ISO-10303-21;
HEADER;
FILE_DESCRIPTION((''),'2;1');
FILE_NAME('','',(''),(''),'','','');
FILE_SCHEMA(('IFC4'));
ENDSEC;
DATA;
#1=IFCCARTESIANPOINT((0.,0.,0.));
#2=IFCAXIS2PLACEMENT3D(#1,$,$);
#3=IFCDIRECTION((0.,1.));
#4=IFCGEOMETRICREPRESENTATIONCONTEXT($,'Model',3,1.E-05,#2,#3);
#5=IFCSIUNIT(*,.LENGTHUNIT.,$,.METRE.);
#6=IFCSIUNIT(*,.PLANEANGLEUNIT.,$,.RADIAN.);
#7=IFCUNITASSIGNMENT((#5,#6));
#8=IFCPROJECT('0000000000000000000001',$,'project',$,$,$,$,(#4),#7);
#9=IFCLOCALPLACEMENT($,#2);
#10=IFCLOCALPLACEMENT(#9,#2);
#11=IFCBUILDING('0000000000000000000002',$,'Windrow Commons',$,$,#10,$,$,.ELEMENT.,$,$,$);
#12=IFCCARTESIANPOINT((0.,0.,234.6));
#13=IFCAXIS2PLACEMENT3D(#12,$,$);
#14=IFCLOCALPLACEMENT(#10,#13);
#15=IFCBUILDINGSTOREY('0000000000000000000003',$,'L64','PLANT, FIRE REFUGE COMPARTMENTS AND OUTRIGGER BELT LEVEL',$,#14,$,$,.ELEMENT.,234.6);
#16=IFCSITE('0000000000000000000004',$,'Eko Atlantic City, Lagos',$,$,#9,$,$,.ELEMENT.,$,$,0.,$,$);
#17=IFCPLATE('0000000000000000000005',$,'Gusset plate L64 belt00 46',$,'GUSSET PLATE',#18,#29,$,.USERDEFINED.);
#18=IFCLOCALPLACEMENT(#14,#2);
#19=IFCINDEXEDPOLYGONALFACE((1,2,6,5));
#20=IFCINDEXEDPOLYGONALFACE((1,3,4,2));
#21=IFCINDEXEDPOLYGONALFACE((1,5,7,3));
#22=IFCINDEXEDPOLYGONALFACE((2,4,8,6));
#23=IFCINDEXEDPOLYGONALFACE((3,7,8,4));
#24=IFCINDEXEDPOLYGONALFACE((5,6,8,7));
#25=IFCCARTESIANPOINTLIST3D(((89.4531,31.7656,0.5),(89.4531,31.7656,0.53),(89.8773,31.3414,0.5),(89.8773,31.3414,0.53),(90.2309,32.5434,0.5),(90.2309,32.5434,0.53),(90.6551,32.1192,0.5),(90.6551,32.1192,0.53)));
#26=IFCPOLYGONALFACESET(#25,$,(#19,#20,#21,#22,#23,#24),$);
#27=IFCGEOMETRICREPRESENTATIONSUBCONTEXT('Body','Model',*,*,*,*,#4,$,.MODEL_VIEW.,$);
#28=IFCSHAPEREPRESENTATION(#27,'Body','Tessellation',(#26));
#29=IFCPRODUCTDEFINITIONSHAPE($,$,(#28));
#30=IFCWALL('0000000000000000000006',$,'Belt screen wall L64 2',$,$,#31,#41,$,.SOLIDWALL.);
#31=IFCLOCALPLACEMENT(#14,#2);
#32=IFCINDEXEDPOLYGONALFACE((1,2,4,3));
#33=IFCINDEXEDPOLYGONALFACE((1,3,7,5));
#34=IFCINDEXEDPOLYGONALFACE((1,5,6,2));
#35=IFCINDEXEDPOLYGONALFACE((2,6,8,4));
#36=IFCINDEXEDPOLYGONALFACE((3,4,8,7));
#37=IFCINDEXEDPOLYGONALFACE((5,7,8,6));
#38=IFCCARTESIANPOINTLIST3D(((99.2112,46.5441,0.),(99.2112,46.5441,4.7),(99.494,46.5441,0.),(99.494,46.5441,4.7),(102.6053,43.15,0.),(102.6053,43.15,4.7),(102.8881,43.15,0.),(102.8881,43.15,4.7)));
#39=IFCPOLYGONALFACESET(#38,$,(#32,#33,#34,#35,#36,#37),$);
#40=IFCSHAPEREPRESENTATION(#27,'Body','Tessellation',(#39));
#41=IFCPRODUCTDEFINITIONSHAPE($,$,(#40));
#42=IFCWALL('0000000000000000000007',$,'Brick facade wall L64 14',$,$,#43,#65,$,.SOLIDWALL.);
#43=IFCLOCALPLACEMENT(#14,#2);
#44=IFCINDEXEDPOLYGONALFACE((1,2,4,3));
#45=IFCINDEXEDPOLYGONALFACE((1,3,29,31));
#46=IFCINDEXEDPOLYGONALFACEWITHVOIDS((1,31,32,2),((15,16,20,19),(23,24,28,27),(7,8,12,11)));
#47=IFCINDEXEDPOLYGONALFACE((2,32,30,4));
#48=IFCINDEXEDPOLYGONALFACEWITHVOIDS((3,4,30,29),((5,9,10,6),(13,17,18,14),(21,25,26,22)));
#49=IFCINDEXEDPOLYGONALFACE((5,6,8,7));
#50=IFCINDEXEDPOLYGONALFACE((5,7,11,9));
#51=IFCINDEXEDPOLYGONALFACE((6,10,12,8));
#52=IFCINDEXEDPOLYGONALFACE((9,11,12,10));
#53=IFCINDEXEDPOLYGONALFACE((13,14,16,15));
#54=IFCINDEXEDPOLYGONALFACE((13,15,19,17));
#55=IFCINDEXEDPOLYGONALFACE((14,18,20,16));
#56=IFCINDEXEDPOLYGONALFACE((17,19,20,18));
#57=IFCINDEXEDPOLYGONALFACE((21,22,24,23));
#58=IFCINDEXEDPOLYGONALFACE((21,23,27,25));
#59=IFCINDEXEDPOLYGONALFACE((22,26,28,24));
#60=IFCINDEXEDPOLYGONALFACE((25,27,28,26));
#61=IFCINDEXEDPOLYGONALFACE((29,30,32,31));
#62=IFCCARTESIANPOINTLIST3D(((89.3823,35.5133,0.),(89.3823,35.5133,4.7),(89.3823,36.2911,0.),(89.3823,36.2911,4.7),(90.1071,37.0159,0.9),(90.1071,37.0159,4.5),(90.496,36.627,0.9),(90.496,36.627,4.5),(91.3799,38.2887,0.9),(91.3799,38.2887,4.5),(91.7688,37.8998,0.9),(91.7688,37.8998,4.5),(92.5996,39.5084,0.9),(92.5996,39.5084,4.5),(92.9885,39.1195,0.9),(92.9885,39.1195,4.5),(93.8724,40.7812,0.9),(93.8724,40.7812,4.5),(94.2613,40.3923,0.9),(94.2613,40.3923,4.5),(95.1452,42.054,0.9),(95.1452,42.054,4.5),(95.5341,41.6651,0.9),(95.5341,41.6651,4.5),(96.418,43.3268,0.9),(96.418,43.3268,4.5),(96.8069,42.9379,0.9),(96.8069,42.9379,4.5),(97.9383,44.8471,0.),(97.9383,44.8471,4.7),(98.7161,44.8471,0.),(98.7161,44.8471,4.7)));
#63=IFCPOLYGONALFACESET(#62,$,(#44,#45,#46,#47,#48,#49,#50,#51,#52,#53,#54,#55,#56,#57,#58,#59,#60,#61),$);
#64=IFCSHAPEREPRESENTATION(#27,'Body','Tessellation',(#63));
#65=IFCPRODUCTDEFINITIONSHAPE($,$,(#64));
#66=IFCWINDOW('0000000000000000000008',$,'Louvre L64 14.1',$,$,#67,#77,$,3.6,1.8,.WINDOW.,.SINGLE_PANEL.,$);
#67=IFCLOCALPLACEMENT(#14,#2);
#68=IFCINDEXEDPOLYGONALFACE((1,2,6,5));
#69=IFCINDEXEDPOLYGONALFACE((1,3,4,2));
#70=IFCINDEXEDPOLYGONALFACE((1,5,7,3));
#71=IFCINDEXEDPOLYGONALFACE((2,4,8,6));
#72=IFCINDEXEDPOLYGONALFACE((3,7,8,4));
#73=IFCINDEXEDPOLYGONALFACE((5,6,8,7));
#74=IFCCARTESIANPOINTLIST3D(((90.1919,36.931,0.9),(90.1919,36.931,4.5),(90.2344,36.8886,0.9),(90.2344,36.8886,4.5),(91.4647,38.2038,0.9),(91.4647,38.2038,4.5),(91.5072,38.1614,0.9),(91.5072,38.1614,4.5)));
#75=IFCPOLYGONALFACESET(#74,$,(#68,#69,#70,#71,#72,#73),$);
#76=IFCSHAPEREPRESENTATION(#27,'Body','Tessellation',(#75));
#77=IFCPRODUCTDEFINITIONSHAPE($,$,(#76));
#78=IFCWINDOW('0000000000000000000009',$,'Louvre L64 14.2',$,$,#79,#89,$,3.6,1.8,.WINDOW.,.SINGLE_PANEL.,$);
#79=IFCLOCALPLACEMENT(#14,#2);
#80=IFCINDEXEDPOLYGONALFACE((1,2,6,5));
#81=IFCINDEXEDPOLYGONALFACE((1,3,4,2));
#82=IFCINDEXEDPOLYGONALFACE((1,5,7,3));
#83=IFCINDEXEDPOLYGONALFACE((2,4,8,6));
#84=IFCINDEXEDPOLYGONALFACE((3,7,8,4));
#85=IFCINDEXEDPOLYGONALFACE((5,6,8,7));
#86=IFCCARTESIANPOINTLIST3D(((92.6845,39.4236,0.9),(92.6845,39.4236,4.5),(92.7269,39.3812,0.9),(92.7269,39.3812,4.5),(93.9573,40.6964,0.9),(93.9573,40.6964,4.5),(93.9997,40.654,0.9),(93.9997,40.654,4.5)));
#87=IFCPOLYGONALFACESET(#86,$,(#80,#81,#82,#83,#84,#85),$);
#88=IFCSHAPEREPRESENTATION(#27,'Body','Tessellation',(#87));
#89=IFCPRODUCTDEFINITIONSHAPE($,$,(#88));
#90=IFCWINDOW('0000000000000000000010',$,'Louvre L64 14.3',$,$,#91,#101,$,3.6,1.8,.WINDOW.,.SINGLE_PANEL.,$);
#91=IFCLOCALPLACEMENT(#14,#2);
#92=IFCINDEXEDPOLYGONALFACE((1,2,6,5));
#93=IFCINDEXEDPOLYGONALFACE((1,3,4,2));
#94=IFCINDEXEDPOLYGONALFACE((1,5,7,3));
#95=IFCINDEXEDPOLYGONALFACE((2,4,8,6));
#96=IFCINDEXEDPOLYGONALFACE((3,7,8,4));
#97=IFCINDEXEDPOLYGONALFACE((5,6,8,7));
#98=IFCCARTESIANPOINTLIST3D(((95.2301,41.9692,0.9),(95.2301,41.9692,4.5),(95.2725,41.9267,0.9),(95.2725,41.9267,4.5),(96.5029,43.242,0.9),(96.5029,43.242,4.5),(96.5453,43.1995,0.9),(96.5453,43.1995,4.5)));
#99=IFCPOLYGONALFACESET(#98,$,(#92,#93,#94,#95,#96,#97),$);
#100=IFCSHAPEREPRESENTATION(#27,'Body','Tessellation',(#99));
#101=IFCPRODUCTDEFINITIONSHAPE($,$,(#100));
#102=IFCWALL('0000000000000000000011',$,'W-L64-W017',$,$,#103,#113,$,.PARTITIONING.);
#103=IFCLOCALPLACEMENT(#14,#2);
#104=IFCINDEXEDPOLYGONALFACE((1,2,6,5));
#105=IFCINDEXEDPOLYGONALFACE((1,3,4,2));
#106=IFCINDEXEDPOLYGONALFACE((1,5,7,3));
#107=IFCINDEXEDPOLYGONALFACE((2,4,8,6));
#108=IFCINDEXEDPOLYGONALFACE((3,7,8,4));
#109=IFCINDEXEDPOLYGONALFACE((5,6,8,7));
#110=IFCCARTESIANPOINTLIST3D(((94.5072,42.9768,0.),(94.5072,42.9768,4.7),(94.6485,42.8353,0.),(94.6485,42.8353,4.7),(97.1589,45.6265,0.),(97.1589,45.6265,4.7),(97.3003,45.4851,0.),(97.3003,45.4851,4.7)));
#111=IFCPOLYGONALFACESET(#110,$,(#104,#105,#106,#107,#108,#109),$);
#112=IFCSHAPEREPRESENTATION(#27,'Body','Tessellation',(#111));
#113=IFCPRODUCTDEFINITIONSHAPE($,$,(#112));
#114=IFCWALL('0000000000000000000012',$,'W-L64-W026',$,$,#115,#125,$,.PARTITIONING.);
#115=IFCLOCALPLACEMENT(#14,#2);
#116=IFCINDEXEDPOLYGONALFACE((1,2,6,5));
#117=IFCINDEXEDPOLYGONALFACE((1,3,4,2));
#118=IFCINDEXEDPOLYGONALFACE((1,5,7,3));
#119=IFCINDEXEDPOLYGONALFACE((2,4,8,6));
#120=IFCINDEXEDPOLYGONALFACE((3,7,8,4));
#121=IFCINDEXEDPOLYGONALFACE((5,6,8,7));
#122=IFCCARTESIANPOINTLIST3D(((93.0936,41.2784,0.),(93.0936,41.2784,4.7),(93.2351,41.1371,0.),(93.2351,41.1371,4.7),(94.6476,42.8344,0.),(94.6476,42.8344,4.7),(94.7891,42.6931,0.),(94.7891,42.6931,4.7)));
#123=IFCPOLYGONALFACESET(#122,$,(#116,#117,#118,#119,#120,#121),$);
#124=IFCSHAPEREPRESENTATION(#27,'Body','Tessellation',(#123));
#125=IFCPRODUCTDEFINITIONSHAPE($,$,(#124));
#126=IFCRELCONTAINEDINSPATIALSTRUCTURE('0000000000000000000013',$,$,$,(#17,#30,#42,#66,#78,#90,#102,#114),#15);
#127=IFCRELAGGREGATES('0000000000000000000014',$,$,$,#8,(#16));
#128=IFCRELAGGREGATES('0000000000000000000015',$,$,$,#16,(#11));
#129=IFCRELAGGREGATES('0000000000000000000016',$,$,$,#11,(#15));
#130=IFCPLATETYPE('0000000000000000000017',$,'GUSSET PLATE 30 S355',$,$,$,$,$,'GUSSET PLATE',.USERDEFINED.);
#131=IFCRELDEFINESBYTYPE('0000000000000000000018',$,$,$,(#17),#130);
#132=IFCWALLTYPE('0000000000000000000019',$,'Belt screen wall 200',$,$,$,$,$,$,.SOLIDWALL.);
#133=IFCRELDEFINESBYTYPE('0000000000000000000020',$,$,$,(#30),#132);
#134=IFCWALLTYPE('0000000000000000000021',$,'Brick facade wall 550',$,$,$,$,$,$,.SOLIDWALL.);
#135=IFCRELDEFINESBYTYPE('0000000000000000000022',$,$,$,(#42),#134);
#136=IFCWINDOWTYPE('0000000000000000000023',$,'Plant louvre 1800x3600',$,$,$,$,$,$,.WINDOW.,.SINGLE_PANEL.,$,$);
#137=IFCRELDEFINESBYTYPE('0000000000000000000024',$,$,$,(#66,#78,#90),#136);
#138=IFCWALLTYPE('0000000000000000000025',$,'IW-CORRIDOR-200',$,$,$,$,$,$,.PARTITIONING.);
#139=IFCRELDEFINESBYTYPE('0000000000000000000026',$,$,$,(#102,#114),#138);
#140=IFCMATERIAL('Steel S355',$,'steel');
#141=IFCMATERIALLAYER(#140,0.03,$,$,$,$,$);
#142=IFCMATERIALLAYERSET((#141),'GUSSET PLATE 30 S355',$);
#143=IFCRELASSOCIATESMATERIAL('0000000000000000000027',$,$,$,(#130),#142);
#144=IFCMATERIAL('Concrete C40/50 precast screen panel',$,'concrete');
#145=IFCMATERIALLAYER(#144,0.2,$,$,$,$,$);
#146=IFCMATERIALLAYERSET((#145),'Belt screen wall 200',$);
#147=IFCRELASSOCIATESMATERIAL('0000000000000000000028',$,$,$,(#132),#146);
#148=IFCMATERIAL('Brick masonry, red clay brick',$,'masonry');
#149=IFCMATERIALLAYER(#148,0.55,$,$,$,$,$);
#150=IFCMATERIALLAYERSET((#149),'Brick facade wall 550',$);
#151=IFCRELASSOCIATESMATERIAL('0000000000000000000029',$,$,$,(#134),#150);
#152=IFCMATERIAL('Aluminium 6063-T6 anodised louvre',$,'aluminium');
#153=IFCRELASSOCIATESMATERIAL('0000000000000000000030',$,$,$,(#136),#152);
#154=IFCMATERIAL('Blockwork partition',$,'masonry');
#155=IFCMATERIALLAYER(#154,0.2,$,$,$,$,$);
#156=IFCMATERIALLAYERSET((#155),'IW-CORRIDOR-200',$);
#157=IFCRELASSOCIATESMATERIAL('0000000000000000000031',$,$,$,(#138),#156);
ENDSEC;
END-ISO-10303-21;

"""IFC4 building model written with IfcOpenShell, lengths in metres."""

from ifc_helpers import new_model, si_unit, direction, frame, frame_2d, origin, origin_2d, place, context, subcontext, project, spatial, polyline, rectangle, outline, extrude, material, layer, layer_set, type_object, element, fill, save


model = new_model("IFC4")

# Units and contexts
model_context = context("Model", 3, precision=1e-05, world=origin(), true_north=direction((0.0, 1.0)))
body_context = subcontext(model_context, "Body", "Model", "MODEL_VIEW")
ifc_project = project(units=[si_unit("LENGTHUNIT", "METRE"), si_unit("PLANEANGLEUNIT", "RADIAN")], contexts=[model_context])

# Site, building, storey
site_placement = place(None, origin())
site = spatial("IfcSite", under=ifc_project, at=site_placement, Name="Eko Atlantic City, Lagos", CompositionType="ELEMENT", RefElevation=0.0)
building_placement = place(site_placement, origin())
building = spatial("IfcBuilding", under=site, at=building_placement, Name="Windrow Commons", CompositionType="ELEMENT")
storey_placement = place(building_placement, frame((0.0, 0.0, 234.6)))
storey = spatial("IfcBuildingStorey", under=building, at=storey_placement, Name="L64", Description="PLANT, FIRE REFUGE COMPARTMENTS AND OUTRIGGER BELT LEVEL", CompositionType="ELEMENT", Elevation=234.6)

# Plate
ifc_material_1 = material(Name="Steel S355", Category="steel")
ifc_layer_1 = layer(ifc_material_1, 0.03)
ifc_layer_set_1 = layer_set([ifc_layer_1], Name="GUSSET PLATE 30 S355")
plate_type_1 = type_object("IfcPlateType", Name="GUSSET PLATE 30 S355", ElementType="GUSSET PLATE", PredefinedType="USERDEFINED", material=ifc_layer_set_1)
for number, where, z_axis, x_axis, name in (
    (1, (90.0541, 31.9424, 0.5), (0.0, 0.0, 1.0), (-0.707107, -0.707107, 0.0), "Gusset plate L64 belt00 46"),
):
    element("IfcPlate", number, at=place(storey_placement, frame(where, z_axis=z_axis, x_axis=x_axis)), inside=storey, type_object=plate_type_1, Name=name, ObjectType="GUSSET PLATE", PredefinedType="USERDEFINED", context=body_context, shape_type="SweptSolid", body=[
        extrude(rectangle(XDim=1.1, YDim=0.6, at=origin_2d()), origin(), (0.0, 0.0, 1.0), 0.03),
    ])

# Wall
ifc_material_2 = material(Name="Concrete C40/50 precast screen panel", Category="concrete")
ifc_layer_2 = layer(ifc_material_2, 0.2)
ifc_layer_set_2 = layer_set([ifc_layer_2], Name="Belt screen wall 200")
wall_type_1 = type_object("IfcWallType", Name="Belt screen wall 200", PredefinedType="SOLIDWALL", material=ifc_layer_set_2)
wall_1_placement = place(storey_placement, frame((102.7467, 43.15, 0.0), z_axis=(0.0, 0.0, 1.0), x_axis=(-0.707107, 0.707107, 0.0)))
element("IfcWall", 2, at=wall_1_placement, inside=storey, type_object=wall_type_1, Name="Belt screen wall L64 2", PredefinedType="SOLIDWALL", context=body_context, shape_type="SweptSolid", body=[
    extrude(outline(polyline([(-0.1, -0.1), (4.7, -0.1), (4.9, 0.1), (0.1, 0.1), (-0.1, -0.1)])), origin(), (0.0, 0.0, 1.0), 4.7),
])

# Wall, openings, windows
ifc_material_3 = material(Name="Brick masonry, red clay brick", Category="masonry")
ifc_layer_3 = layer(ifc_material_3, 0.55)
ifc_layer_set_3 = layer_set([ifc_layer_3], Name="Brick facade wall 550")
wall_type_2 = type_object("IfcWallType", Name="Brick facade wall 550", PredefinedType="SOLIDWALL", material=ifc_layer_set_3)
wall_2_placement = place(storey_placement, frame((89.3823, 35.9022, 0.0), z_axis=(0.0, 0.0, 1.0), x_axis=(0.707107, 0.707107, 0.0)))
wall_2 = element("IfcWall", 3, at=wall_2_placement, inside=storey, type_object=wall_type_2, Name="Brick facade wall L64 14", PredefinedType="SOLIDWALL", context=body_context, shape_type="SweptSolid", body=[
    extrude(outline(polyline([(-0.275, -0.275), (12.925, -0.275), (12.375, 0.275), (0.275, 0.275), (-0.275, -0.275)])), origin(), (0.0, 0.0, 1.0), 4.7),
])
opening_1_placement = place(wall_2_placement, frame((1.3, 0.0, 0.9)))
opening_1 = element("IfcOpeningElement", 4, at=opening_1_placement, cuts=wall_2, PredefinedType="OPENING", context=body_context, shape_type="SweptSolid", body=[
    extrude(rectangle(XDim=1.8, YDim=3.6, at=frame_2d((0.9, 1.8))), frame((0.0, 0.285, 0.0), z_axis=(0.0, -1.0, 0.0), x_axis=(1.0, 0.0, 0.0)), (0.0, 0.0, 1.0), 0.57),
])
opening_2_placement = place(wall_2_placement, frame((4.825, 0.0, 0.9)))
opening_2 = element("IfcOpeningElement", 5, at=opening_2_placement, cuts=wall_2, PredefinedType="OPENING", context=body_context, shape_type="SweptSolid", body=[
    extrude(rectangle(XDim=1.8, YDim=3.6, at=frame_2d((0.9, 1.8))), frame((0.0, 0.285, 0.0), z_axis=(0.0, -1.0, 0.0), x_axis=(1.0, 0.0, 0.0)), (0.0, 0.0, 1.0), 0.57),
])
opening_3_placement = place(wall_2_placement, frame((8.425, 0.0, 0.9)))
opening_3 = element("IfcOpeningElement", 6, at=opening_3_placement, cuts=wall_2, PredefinedType="OPENING", context=body_context, shape_type="SweptSolid", body=[
    extrude(rectangle(XDim=1.8, YDim=3.6, at=frame_2d((0.9, 1.8))), frame((0.0, 0.285, 0.0), z_axis=(0.0, -1.0, 0.0), x_axis=(1.0, 0.0, 0.0)), (0.0, 0.0, 1.0), 0.57),
])
ifc_material_4 = material(Name="Aluminium 6063-T6 anodised louvre", Category="aluminium")
window_type = type_object("IfcWindowType", Name="Plant louvre 1800x3600", PartitioningType="SINGLE_PANEL", PredefinedType="WINDOW", material=ifc_material_4)
window_1_placement = place(opening_1_placement, origin())
window_1 = element("IfcWindow", 7, at=window_1_placement, inside=storey, type_object=window_type, Name="Louvre L64 14.1", OverallHeight=3.6, OverallWidth=1.8, PartitioningType="SINGLE_PANEL", PredefinedType="WINDOW", context=body_context, shape_type="SweptSolid", body=[
    extrude(rectangle(XDim=1.8, YDim=3.6, at=frame_2d((0.9, 1.8))), frame((0.0, 0.155, 0.0), z_axis=(0.0, -1.0, 0.0), x_axis=(1.0, 0.0, 0.0)), (0.0, 0.0, 1.0), 0.06),
])
fill(opening_1, window_1)
window_2_placement = place(opening_2_placement, origin())
window_2 = element("IfcWindow", 8, at=window_2_placement, inside=storey, type_object=window_type, Name="Louvre L64 14.2", OverallHeight=3.6, OverallWidth=1.8, PartitioningType="SINGLE_PANEL", PredefinedType="WINDOW", context=body_context, shape_type="SweptSolid", body=[
    extrude(rectangle(XDim=1.8, YDim=3.6, at=frame_2d((0.9, 1.8))), frame((0.0, 0.155, 0.0), z_axis=(0.0, -1.0, 0.0), x_axis=(1.0, 0.0, 0.0)), (0.0, 0.0, 1.0), 0.06),
])
fill(opening_2, window_2)
window_3_placement = place(opening_3_placement, origin())
window_3 = element("IfcWindow", 9, at=window_3_placement, inside=storey, type_object=window_type, Name="Louvre L64 14.3", OverallHeight=3.6, OverallWidth=1.8, PartitioningType="SINGLE_PANEL", PredefinedType="WINDOW", context=body_context, shape_type="SweptSolid", body=[
    extrude(rectangle(XDim=1.8, YDim=3.6, at=frame_2d((0.9, 1.8))), frame((0.0, 0.155, 0.0), z_axis=(0.0, -1.0, 0.0), x_axis=(1.0, 0.0, 0.0)), (0.0, 0.0, 1.0), 0.06),
])
fill(opening_3, window_3)

# Walls
ifc_material_5 = material(Name="Blockwork partition", Category="masonry")
ifc_layer_4 = layer(ifc_material_5, 0.2)
ifc_layer_set_4 = layer_set([ifc_layer_4], Name="IW-CORRIDOR-200")
wall_type_3 = type_object("IfcWallType", Name="IW-CORRIDOR-200", PredefinedType="PARTITIONING", material=ifc_layer_set_4)
wall_3_placement = place(storey_placement, frame((94.5779, 42.9061, 0.0), z_axis=(0.0, 0.0, 1.0), x_axis=(0.707373, 0.70684, 0.0)))
element("IfcWall", 10, at=wall_3_placement, inside=storey, type_object=wall_type_3, Name="W-L64-W017", PredefinedType="PARTITIONING", context=body_context, shape_type="SweptSolid", body=[
    extrude(rectangle(XDim=3.7487, YDim=0.2, at=frame_2d((1.8743, 0.0))), origin(), (0.0, 0.0, 1.0), 4.7),
])
wall_4_placement = place(storey_placement, frame((93.1643, 41.2077, 0.0), z_axis=(0.0, 0.0, 1.0), x_axis=(0.706652, 0.707561, 0.0)))
element("IfcWall", 11, at=wall_4_placement, inside=storey, type_object=wall_type_3, Name="W-L64-W026", PredefinedType="PARTITIONING", context=body_context, shape_type="SweptSolid", body=[
    extrude(rectangle(XDim=2.1991, YDim=0.2, at=frame_2d((1.0996, 0.0))), origin(), (0.0, 0.0, 1.0), 4.7),
])

save(model, "model.ifc")
